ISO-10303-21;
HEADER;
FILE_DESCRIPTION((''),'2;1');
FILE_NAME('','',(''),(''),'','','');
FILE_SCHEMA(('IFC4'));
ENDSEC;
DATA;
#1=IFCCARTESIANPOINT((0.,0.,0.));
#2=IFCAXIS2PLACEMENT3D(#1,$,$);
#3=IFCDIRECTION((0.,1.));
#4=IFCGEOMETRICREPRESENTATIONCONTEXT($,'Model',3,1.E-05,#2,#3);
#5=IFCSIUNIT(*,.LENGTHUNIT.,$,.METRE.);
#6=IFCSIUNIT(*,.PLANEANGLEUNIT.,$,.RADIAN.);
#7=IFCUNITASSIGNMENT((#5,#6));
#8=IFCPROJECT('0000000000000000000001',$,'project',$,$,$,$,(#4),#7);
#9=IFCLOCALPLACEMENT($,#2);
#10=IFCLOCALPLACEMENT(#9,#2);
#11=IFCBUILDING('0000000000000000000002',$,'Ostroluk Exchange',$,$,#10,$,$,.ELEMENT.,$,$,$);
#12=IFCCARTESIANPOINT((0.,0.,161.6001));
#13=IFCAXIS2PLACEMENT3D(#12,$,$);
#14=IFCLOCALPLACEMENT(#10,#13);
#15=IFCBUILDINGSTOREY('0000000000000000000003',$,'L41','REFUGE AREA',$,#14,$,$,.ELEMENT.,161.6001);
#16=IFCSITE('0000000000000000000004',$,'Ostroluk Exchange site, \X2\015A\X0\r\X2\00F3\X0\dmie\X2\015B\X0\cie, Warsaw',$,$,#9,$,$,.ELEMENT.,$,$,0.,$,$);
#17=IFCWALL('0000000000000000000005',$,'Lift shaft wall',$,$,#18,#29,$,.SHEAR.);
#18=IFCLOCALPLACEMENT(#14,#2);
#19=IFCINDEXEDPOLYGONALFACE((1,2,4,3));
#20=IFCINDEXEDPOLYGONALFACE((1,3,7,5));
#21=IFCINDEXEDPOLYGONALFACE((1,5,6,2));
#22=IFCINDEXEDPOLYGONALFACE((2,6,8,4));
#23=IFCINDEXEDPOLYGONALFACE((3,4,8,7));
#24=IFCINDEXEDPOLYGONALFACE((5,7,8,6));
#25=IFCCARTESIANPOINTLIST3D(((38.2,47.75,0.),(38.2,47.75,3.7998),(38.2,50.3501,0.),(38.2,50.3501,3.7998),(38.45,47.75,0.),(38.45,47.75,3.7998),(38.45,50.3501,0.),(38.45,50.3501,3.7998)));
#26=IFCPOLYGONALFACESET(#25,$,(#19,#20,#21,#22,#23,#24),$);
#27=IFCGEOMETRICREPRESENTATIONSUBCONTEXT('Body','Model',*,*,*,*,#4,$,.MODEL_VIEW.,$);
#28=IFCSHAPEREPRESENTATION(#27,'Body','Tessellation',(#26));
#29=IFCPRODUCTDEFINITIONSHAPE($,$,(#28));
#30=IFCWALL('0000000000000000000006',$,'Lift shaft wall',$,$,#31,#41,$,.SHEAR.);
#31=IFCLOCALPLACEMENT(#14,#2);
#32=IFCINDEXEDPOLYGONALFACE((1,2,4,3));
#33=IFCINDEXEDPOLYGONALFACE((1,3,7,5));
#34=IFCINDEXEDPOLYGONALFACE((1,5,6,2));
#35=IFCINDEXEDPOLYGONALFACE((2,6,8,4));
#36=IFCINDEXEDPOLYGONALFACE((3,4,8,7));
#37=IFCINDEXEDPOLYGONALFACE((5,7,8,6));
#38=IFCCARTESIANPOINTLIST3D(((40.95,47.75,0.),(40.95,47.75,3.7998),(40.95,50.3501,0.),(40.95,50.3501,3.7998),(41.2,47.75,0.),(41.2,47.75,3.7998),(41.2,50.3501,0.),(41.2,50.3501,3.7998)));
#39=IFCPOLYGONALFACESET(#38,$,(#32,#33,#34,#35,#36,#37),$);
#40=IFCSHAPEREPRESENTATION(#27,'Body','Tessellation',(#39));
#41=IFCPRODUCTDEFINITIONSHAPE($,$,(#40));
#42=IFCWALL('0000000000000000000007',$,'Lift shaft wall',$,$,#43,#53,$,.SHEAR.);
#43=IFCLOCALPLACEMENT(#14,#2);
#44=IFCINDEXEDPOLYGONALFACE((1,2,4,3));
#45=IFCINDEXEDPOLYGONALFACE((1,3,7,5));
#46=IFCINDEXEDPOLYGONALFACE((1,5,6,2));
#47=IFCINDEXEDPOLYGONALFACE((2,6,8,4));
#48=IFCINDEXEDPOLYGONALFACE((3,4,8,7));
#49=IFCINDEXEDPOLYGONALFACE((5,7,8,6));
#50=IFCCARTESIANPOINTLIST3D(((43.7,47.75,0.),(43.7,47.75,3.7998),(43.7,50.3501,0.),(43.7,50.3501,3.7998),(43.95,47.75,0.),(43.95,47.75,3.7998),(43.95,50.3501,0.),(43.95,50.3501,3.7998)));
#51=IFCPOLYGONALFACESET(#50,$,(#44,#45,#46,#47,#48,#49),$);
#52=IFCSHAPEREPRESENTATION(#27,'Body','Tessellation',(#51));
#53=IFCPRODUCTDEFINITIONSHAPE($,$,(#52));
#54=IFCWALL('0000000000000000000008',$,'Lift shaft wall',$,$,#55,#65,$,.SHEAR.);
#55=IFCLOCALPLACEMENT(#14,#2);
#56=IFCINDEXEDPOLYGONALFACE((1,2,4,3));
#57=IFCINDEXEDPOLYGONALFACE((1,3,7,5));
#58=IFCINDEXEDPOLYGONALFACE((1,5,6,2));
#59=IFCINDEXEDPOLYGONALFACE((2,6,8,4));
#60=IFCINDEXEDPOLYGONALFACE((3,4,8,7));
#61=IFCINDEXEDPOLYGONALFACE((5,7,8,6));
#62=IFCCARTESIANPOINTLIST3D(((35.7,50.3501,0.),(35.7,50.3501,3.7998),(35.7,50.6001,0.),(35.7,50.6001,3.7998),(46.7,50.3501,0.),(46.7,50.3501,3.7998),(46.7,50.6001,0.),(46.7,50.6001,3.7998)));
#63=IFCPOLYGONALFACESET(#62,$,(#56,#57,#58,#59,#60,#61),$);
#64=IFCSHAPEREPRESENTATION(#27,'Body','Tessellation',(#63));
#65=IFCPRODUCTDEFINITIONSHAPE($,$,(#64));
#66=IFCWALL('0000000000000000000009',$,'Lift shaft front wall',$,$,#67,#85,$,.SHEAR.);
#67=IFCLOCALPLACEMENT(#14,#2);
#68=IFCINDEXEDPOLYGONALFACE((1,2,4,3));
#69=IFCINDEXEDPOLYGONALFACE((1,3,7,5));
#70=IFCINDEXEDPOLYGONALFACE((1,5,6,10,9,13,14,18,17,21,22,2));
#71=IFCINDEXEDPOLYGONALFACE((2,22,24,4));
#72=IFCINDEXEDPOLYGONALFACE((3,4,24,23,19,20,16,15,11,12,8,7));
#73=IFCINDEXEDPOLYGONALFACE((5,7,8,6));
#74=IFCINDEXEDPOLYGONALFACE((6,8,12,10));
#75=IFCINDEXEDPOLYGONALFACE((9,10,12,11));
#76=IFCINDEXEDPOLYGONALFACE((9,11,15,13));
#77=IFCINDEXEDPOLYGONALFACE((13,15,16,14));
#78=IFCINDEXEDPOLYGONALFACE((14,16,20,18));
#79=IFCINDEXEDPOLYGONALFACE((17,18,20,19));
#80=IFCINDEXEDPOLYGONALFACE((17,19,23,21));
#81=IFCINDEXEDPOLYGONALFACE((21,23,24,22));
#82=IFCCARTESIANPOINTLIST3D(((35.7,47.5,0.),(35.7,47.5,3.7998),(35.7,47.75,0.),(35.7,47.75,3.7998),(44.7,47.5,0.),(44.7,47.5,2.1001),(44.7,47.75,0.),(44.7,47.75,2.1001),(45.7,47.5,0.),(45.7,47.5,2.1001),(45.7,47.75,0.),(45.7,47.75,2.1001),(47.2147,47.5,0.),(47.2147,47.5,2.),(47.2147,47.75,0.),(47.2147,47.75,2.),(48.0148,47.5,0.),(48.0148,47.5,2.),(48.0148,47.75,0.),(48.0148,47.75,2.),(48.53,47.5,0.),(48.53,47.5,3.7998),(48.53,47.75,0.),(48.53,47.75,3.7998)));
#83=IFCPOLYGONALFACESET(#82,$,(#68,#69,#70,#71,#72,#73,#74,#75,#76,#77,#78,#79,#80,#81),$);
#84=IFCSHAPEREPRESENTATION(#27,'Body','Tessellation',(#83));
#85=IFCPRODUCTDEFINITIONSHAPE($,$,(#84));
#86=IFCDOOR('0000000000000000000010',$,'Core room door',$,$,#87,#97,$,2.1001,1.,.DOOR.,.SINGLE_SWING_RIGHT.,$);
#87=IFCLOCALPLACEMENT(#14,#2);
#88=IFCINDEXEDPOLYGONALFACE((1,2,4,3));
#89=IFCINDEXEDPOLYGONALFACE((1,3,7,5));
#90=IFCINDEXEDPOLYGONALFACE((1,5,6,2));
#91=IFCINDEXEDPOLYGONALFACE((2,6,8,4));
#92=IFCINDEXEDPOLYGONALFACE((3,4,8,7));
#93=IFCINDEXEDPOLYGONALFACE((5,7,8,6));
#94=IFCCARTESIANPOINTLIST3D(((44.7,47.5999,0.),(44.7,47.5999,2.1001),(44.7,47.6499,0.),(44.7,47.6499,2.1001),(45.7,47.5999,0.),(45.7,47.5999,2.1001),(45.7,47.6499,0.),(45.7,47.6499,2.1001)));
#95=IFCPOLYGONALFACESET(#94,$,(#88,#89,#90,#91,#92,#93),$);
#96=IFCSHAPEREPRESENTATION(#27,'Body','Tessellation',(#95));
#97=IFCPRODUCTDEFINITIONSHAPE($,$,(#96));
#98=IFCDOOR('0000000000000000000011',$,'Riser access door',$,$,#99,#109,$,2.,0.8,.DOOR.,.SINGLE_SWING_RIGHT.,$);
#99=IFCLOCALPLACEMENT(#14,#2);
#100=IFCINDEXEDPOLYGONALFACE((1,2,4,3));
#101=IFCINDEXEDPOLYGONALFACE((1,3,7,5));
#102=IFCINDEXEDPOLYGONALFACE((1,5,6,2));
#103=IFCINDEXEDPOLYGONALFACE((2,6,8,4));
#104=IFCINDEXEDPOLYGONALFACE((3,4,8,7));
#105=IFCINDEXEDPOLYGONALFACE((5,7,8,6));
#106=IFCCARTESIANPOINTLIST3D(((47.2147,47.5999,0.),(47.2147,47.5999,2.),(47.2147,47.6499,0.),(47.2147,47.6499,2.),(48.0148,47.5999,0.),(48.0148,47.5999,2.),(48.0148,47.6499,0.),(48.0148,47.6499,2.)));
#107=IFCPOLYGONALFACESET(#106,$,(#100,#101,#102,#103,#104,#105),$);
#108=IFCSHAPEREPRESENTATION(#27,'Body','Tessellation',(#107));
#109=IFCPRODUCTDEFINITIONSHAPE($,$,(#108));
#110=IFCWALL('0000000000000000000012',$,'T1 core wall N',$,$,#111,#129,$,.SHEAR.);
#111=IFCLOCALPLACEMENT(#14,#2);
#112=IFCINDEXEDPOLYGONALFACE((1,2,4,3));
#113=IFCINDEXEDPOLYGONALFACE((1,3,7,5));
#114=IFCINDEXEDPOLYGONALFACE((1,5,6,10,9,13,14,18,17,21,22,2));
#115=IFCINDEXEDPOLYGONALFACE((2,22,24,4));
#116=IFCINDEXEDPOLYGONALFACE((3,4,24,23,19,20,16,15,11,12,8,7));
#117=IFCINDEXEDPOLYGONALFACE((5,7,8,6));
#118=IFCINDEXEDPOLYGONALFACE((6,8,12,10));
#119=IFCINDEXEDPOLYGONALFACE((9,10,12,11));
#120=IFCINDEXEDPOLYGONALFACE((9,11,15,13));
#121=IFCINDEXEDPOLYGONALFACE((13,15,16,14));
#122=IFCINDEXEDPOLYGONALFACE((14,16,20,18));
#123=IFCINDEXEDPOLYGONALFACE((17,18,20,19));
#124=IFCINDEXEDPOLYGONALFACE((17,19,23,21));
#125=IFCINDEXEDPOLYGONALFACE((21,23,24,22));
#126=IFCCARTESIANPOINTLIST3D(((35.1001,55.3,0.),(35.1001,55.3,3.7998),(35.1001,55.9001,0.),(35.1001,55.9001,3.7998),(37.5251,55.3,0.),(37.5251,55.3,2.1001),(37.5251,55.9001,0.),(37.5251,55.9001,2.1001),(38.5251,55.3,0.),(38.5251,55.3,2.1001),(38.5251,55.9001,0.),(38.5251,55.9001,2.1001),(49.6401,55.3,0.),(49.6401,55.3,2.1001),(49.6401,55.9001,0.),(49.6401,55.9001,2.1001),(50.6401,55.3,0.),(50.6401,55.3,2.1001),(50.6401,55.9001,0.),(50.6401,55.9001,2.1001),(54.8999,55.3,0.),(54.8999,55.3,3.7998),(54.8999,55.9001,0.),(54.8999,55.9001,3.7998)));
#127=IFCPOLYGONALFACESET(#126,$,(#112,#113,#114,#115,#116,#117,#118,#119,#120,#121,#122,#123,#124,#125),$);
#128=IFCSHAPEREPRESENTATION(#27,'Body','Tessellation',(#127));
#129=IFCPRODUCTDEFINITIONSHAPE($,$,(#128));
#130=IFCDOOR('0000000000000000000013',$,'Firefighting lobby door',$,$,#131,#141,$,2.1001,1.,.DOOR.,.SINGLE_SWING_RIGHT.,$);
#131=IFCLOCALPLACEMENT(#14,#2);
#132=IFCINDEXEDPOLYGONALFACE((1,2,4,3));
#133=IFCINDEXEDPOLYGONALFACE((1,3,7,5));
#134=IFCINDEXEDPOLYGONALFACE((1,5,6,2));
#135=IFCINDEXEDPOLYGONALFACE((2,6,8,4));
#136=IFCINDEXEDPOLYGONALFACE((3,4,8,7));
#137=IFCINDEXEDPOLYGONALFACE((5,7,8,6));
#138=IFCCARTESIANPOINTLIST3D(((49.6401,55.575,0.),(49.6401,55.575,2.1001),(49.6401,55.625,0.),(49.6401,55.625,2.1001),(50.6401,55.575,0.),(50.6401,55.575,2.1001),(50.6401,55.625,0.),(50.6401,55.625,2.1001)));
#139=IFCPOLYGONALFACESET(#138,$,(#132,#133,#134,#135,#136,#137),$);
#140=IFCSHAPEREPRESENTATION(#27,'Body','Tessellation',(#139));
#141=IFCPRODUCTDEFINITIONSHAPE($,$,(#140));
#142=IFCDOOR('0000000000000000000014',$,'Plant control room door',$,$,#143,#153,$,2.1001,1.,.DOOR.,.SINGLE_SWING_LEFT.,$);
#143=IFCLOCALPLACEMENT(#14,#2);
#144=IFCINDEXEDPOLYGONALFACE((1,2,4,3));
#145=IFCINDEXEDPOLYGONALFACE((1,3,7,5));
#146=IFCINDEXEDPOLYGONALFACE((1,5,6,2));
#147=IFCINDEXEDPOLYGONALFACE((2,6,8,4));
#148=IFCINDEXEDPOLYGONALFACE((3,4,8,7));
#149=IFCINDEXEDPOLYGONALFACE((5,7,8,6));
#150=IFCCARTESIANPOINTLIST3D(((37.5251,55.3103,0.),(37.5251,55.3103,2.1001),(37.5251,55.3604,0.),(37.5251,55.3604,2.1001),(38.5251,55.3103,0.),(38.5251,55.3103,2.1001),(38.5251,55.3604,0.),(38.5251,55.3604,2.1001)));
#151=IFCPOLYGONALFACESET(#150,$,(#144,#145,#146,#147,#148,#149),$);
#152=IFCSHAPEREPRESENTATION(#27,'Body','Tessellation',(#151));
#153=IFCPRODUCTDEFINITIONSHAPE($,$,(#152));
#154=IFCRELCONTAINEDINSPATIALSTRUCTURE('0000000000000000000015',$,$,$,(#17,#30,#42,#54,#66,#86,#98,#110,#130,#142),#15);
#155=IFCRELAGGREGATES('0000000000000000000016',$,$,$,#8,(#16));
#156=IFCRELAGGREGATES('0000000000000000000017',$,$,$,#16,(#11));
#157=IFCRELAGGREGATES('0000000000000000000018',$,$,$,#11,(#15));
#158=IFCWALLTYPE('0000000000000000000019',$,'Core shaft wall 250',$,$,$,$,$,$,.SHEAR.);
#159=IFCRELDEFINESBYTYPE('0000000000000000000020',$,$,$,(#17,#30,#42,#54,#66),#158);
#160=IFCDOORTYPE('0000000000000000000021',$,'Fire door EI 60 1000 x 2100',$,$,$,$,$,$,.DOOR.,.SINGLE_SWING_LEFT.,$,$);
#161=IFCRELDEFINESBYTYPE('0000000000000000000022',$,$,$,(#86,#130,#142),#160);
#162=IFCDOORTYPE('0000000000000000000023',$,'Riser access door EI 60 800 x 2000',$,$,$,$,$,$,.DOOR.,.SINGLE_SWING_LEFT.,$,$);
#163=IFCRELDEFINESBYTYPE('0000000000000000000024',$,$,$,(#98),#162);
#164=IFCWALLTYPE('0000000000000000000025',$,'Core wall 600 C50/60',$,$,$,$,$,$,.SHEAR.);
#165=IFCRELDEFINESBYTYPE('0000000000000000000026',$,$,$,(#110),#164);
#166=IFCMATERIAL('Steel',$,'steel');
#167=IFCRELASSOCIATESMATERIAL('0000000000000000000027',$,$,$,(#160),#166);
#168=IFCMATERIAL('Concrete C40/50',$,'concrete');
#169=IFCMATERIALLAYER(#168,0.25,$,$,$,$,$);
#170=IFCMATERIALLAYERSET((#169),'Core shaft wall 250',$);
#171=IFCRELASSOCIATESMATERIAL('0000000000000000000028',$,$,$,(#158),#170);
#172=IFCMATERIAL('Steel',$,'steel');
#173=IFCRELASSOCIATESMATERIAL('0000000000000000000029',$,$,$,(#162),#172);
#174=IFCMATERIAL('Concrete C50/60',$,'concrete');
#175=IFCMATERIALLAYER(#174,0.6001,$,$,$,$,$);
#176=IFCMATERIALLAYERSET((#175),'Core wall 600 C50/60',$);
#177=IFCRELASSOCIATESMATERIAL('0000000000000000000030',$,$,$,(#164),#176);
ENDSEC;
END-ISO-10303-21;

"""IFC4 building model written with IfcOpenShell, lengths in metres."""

from ifc_helpers import new_model, si_unit, direction, frame, frame_2d, origin, place, context, subcontext, project, spatial, rectangle, extrude, material, layer, layer_set, type_object, element, fill, save


model = new_model("IFC4")

# Units and contexts
model_context = context("Model", 3, precision=1e-05, world=origin(), true_north=direction((0.0, 1.0)))
body_context = subcontext(model_context, "Body", "Model", "MODEL_VIEW")
ifc_project = project(units=[si_unit("LENGTHUNIT", "METRE"), si_unit("PLANEANGLEUNIT", "RADIAN")], contexts=[model_context])

# Site, building, storey
site_placement = place(None, origin())
site = spatial("IfcSite", under=ifc_project, at=site_placement, Name="Ostroluk Exchange site, Śródmieście, Warsaw", CompositionType="ELEMENT", RefElevation=0.0)
building_placement = place(site_placement, origin())
building = spatial("IfcBuilding", under=site, at=building_placement, Name="Ostroluk Exchange", CompositionType="ELEMENT")
storey_placement = place(building_placement, frame((0.0, 0.0, 161.6001)))
storey = spatial("IfcBuildingStorey", under=building, at=storey_placement, Name="L41", Description="REFUGE AREA", CompositionType="ELEMENT", Elevation=161.6001)

# Shared definitions
ifc_material_1 = material(Name="Steel", Category="steel")
door_type_1 = type_object("IfcDoorType", Name="Fire door EI 60 1000 x 2100", OperationType="SINGLE_SWING_LEFT", PredefinedType="DOOR", material=ifc_material_1)

# Walls
ifc_material_2 = material(Name="Concrete C40/50", Category="concrete")
ifc_layer_1 = layer(ifc_material_2, 0.25)
ifc_layer_set_1 = layer_set([ifc_layer_1], Name="Core shaft wall 250")
wall_type_1 = type_object("IfcWallType", Name="Core shaft wall 250", PredefinedType="SHEAR", material=ifc_layer_set_1)
for number, where, z_axis, x_axis, name in (
    (1, (38.325, 47.75, 0.0), (0.0, 0.0, 1.0), (0.0, 1.0, 0.0), "Lift shaft wall"),
    (2, (41.075, 47.75, 0.0), (0.0, 0.0, 1.0), (0.0, 1.0, 0.0), "Lift shaft wall"),
    (3, (43.825, 47.75, 0.0), (0.0, 0.0, 1.0), (0.0, 1.0, 0.0), "Lift shaft wall"),
):
    element("IfcWall", number, at=place(storey_placement, frame(where, z_axis=z_axis, x_axis=x_axis)), inside=storey, type_object=wall_type_1, Name=name, PredefinedType="SHEAR", context=body_context, shape_type="SweptSolid", body=[
        extrude(rectangle(XDim=2.6001, YDim=0.25, at=frame_2d((1.3, 0.0))), origin(), (0.0, 0.0, 1.0), 3.7998),
    ])
wall_1_placement = place(storey_placement, frame((35.7, 50.4751, 0.0), z_axis=(0.0, 0.0, 1.0), x_axis=(1.0, 0.0, 0.0)))
element("IfcWall", 4, at=wall_1_placement, inside=storey, type_object=wall_type_1, Name="Lift shaft wall", PredefinedType="SHEAR", context=body_context, shape_type="SweptSolid", body=[
    extrude(rectangle(XDim=11.0, YDim=0.25, at=frame_2d((5.5, 0.0))), origin(), (0.0, 0.0, 1.0), 3.7998),
])

# Walls, openings, doors
wall_2_placement = place(storey_placement, frame((35.7, 47.625, 0.0), z_axis=(0.0, 0.0, 1.0), x_axis=(1.0, 0.0, 0.0)))
wall_2 = element("IfcWall", 5, at=wall_2_placement, inside=storey, type_object=wall_type_1, Name="Lift shaft front wall", PredefinedType="SHEAR", context=body_context, shape_type="SweptSolid", body=[
    extrude(rectangle(XDim=12.8301, YDim=0.25, at=frame_2d((6.415, 0.0))), origin(), (0.0, 0.0, 1.0), 3.7998),
])
opening_1_placement = place(wall_2_placement, frame((9.0, 0.0, 0.0)))
opening_1 = element("IfcOpeningElement", 6, at=opening_1_placement, cuts=wall_2, PredefinedType="OPENING", context=body_context, shape_type="SweptSolid", body=[
    extrude(rectangle(XDim=1.0, YDim=2.1001, at=frame_2d((0.5, 1.05))), frame((0.0, 0.135, 0.0), z_axis=(0.0, -1.0, 0.0), x_axis=(1.0, 0.0, 0.0)), (0.0, 0.0, 1.0), 0.27),
])
opening_2_placement = place(wall_2_placement, frame((11.5149, 0.0, 0.0)))
opening_2 = element("IfcOpeningElement", 7, at=opening_2_placement, cuts=wall_2, PredefinedType="OPENING", context=body_context, shape_type="SweptSolid", body=[
    extrude(rectangle(XDim=0.8, YDim=2.0, at=frame_2d((0.3999, 1.0))), frame((0.0, 0.135, 0.0), z_axis=(0.0, -1.0, 0.0), x_axis=(1.0, 0.0, 0.0)), (0.0, 0.0, 1.0), 0.27),
])
door_1_placement = place(opening_1_placement, origin())
door_1 = element("IfcDoor", 8, at=door_1_placement, inside=storey, type_object=door_type_1, Name="Core room door", OperationType="SINGLE_SWING_RIGHT", OverallHeight=2.1001, OverallWidth=1.0, PredefinedType="DOOR", context=body_context, shape_type="SweptSolid", body=[
    extrude(rectangle(XDim=1.0, YDim=2.1001, at=frame_2d((0.5, 1.05))), frame((0.0, 0.0249, 0.0), z_axis=(0.0, -1.0, 0.0), x_axis=(1.0, 0.0, 0.0)), (0.0, 0.0, 1.0), 0.05),
])
fill(opening_1, door_1)
ifc_material_3 = material(Name="Steel", Category="steel")
door_type_2 = type_object("IfcDoorType", Name="Riser access door EI 60 800 x 2000", OperationType="SINGLE_SWING_LEFT", PredefinedType="DOOR", material=ifc_material_3)
door_2_placement = place(opening_2_placement, origin())
door_2 = element("IfcDoor", 9, at=door_2_placement, inside=storey, type_object=door_type_2, Name="Riser access door", OperationType="SINGLE_SWING_RIGHT", OverallHeight=2.0, OverallWidth=0.8, PredefinedType="DOOR", context=body_context, shape_type="SweptSolid", body=[
    extrude(rectangle(XDim=0.8, YDim=2.0, at=frame_2d((0.3999, 1.0))), frame((0.0, 0.0249, 0.0), z_axis=(0.0, -1.0, 0.0), x_axis=(1.0, 0.0, 0.0)), (0.0, 0.0, 1.0), 0.05),
])
fill(opening_2, door_2)
ifc_material_4 = material(Name="Concrete C50/60", Category="concrete")
ifc_layer_2 = layer(ifc_material_4, 0.6001)
ifc_layer_set_2 = layer_set([ifc_layer_2], Name="Core wall 600 C50/60")
wall_type_2 = type_object("IfcWallType", Name="Core wall 600 C50/60", PredefinedType="SHEAR", material=ifc_layer_set_2)
wall_3_placement = place(storey_placement, frame((35.1001, 55.6001, 0.0), z_axis=(0.0, 0.0, 1.0), x_axis=(1.0, 0.0, 0.0)))
wall_3 = element("IfcWall", 10, at=wall_3_placement, inside=storey, type_object=wall_type_2, Name="T1 core wall N", PredefinedType="SHEAR", context=body_context, shape_type="SweptSolid", body=[
    extrude(rectangle(XDim=19.7998, YDim=0.6001, at=frame_2d((9.8999, 0.0))), origin(), (0.0, 0.0, 1.0), 3.7998),
])
opening_3_placement = place(wall_3_placement, frame((14.54, 0.0, 0.0)))
opening_3 = element("IfcOpeningElement", 11, at=opening_3_placement, cuts=wall_3, PredefinedType="OPENING", context=body_context, shape_type="SweptSolid", body=[
    extrude(rectangle(XDim=1.0, YDim=2.1001, at=frame_2d((0.5, 1.05))), frame((0.0, 0.3101, 0.0), z_axis=(0.0, -1.0, 0.0), x_axis=(1.0, 0.0, 0.0)), (0.0, 0.0, 1.0), 0.6201),
])
opening_4_placement = place(wall_3_placement, frame((2.425, 0.0, 0.0)))
opening_4 = element("IfcOpeningElement", 12, at=opening_4_placement, cuts=wall_3, PredefinedType="OPENING", context=body_context, shape_type="SweptSolid", body=[
    extrude(rectangle(XDim=1.0, YDim=2.1001, at=frame_2d((0.5, 1.05))), frame((0.0, 0.3101, 0.0), z_axis=(0.0, -1.0, 0.0), x_axis=(1.0, 0.0, 0.0)), (0.0, 0.0, 1.0), 0.6201),
])
door_3_placement = place(opening_3_placement, origin())
door_3 = element("IfcDoor", 13, at=door_3_placement, inside=storey, type_object=door_type_1, Name="Firefighting lobby door", OperationType="SINGLE_SWING_RIGHT", OverallHeight=2.1001, OverallWidth=1.0, PredefinedType="DOOR", context=body_context, shape_type="SweptSolid", body=[
    extrude(rectangle(XDim=1.0, YDim=2.1001, at=frame_2d((0.5, 1.05))), frame((0.0, 0.0249, 0.0), z_axis=(0.0, -1.0, 0.0), x_axis=(1.0, 0.0, 0.0)), (0.0, 0.0, 1.0), 0.05),
])
fill(opening_3, door_3)
door_4_placement = place(opening_4_placement, origin())
door_4 = element("IfcDoor", 14, at=door_4_placement, inside=storey, type_object=door_type_1, Name="Plant control room door", OperationType="SINGLE_SWING_LEFT", OverallHeight=2.1001, OverallWidth=1.0, PredefinedType="DOOR", context=body_context, shape_type="SweptSolid", body=[
    extrude(rectangle(XDim=1.0, YDim=2.1001, at=frame_2d((0.5, 1.05))), frame((0.0, -0.2397, 0.0), z_axis=(0.0, -1.0, 0.0), x_axis=(1.0, 0.0, 0.0)), (0.0, 0.0, 1.0), 0.05),
])
fill(opening_4, door_4)

save(model, "model.ifc")
